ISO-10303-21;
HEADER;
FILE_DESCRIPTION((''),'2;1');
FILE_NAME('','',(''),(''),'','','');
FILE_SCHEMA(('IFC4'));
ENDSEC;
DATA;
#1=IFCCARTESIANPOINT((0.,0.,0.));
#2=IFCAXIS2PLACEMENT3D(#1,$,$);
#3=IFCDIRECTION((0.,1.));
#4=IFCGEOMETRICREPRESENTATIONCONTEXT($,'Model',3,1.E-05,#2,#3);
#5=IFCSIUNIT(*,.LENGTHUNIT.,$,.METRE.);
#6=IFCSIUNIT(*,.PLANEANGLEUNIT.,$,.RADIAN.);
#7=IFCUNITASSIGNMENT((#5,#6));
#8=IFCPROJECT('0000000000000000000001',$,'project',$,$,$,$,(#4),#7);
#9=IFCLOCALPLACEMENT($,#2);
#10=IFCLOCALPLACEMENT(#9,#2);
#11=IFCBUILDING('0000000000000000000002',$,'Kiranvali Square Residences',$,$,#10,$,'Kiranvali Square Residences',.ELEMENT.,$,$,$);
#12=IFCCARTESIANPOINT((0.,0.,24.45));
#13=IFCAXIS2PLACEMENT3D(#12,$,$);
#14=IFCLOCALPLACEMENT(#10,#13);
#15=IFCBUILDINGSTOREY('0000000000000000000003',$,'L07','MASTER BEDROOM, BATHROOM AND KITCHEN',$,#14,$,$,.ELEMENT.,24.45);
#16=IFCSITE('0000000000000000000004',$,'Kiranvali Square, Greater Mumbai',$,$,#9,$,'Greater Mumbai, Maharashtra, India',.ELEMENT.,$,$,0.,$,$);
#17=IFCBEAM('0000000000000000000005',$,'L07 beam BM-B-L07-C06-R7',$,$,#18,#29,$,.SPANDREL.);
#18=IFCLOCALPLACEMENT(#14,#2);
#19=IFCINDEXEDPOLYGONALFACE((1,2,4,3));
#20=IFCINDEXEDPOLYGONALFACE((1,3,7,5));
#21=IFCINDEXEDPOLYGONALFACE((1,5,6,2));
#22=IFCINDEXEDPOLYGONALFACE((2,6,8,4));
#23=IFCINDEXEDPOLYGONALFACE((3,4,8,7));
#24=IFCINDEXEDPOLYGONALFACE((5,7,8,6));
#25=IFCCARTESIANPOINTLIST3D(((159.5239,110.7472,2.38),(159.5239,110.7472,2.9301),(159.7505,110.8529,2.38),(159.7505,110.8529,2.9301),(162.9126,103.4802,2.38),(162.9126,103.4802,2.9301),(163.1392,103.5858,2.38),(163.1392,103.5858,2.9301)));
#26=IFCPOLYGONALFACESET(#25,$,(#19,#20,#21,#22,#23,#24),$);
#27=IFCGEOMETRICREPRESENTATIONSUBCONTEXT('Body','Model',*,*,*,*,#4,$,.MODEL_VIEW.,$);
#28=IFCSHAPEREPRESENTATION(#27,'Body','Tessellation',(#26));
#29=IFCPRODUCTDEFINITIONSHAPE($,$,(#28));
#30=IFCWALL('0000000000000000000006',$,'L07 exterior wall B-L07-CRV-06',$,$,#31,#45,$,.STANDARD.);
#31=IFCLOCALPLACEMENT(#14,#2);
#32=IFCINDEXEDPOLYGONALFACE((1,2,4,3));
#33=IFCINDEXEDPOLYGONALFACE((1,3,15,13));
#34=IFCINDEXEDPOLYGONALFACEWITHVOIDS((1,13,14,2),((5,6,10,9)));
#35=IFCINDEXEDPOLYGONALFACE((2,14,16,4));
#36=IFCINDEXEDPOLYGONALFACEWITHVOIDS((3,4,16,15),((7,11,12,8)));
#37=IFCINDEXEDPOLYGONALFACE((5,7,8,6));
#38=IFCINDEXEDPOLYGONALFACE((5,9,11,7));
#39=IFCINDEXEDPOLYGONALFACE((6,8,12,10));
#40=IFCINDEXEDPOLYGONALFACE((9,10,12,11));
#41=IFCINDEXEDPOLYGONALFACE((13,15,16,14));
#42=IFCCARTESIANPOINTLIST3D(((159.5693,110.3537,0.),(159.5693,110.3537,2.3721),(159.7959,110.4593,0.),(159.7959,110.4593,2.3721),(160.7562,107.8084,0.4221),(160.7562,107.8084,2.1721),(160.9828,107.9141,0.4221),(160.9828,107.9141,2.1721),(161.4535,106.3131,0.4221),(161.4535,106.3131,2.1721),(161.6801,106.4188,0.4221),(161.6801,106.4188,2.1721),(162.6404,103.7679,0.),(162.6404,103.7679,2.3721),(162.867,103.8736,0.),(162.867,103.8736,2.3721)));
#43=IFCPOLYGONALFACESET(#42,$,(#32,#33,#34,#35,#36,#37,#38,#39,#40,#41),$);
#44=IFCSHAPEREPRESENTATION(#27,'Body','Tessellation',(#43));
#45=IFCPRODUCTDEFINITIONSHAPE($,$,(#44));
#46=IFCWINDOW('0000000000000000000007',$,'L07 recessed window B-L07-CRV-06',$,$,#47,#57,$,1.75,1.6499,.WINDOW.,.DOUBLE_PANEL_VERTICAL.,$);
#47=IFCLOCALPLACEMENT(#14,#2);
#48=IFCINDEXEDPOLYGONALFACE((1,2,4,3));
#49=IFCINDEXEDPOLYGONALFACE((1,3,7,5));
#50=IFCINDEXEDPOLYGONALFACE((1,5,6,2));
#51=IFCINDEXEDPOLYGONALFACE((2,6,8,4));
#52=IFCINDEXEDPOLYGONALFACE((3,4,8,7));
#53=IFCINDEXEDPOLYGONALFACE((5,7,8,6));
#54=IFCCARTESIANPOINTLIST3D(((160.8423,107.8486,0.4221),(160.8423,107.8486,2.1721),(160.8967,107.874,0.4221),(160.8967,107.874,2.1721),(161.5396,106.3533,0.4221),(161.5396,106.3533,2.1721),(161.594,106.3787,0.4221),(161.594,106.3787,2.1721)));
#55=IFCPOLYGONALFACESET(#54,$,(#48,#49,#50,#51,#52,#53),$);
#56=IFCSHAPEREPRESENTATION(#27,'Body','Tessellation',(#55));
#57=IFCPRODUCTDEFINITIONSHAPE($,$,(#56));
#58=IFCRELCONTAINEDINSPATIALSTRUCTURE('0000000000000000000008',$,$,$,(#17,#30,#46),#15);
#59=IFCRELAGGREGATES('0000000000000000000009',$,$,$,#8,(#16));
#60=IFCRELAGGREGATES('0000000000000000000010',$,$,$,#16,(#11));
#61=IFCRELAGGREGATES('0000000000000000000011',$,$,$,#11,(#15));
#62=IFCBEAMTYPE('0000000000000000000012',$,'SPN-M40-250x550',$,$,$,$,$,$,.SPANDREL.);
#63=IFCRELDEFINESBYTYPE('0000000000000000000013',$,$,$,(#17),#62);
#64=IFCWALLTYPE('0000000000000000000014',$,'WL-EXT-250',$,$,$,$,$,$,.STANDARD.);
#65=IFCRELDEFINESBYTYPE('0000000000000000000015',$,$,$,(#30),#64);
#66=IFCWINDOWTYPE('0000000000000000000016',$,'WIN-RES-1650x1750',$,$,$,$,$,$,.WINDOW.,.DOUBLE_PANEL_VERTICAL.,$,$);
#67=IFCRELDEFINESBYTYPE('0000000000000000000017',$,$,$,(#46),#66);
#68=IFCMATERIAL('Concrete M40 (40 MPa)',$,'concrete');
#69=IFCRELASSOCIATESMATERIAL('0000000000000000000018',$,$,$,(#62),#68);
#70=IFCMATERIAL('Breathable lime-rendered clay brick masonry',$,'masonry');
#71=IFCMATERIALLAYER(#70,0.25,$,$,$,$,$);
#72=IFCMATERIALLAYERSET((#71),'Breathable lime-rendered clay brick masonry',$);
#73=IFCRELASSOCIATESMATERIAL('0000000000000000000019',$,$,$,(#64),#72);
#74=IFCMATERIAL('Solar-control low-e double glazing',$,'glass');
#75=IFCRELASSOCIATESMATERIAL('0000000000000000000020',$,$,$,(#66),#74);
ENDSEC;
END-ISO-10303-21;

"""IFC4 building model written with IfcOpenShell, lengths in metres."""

from ifc_helpers import new_model, si_unit, direction, frame, frame_2d, origin, origin_2d, place, context, subcontext, project, spatial, rectangle, extrude, material, layer, layer_set, material_profile, profile_set, type_object, element, fill, save


model = new_model("IFC4")

# Units and contexts
model_context = context("Model", 3, precision=1e-05, world=origin(), true_north=direction((0.0, 1.0)))
body_context = subcontext(model_context, "Body", "Model", "MODEL_VIEW")
ifc_project = project(units=[si_unit("LENGTHUNIT", "METRE"), si_unit("PLANEANGLEUNIT", "RADIAN")], contexts=[model_context])

# Site, building, storey
site_placement = place(None, origin())
site = spatial("IfcSite", under=ifc_project, at=site_placement, Name="Kiranvali Square, Greater Mumbai", LongName="Greater Mumbai, Maharashtra, India", CompositionType="ELEMENT", RefElevation=0.0)
building_placement = place(site_placement, origin())
building = spatial("IfcBuilding", under=site, at=building_placement, Name="Kiranvali Square Residences", LongName="Kiranvali Square Residences", CompositionType="ELEMENT")
storey_placement = place(building_placement, frame((0.0, 0.0, 24.45)))
storey = spatial("IfcBuildingStorey", under=building, at=storey_placement, Name="L07", Description="MASTER BEDROOM, BATHROOM AND KITCHEN", CompositionType="ELEMENT", Elevation=24.45)

# Beam
ifc_material_1 = material(Name="Concrete M40 (40 MPa)", Category="concrete")
ifc_material_profile_1 = material_profile(ifc_material_1, rectangle(XDim=0.25, YDim=0.55, at=origin_2d()), Name="RC 250x550")
ifc_profile_set_1 = profile_set([ifc_material_profile_1], Name="Concrete M40 (40 MPa)")
beam_type_1 = type_object("IfcBeamType", Name="SPN-M40-250x550", PredefinedType="SPANDREL", material=ifc_profile_set_1)
beam_1_placement = place(storey_placement, frame((159.6372, 110.8, 2.655), z_axis=(0.422615, -0.906309, 0.0), x_axis=(0.906309, 0.422615, 0.0)))
element("IfcBeam", 1, at=beam_1_placement, inside=storey, type_object=beam_type_1, Name="L07 beam BM-B-L07-C06-R7", PredefinedType="SPANDREL", context=body_context, shape_type="SweptSolid", body=[
    extrude(rectangle(XDim=0.25, YDim=0.55, at=origin_2d()), origin(), (0.0, 0.0, 1.0), 8.0183),
])

# Wall, opening, window
ifc_material_2 = material(Name="Breathable lime-rendered clay brick masonry", Category="masonry")
ifc_layer = layer(ifc_material_2, 0.25)
ifc_layer_set = layer_set([ifc_layer], Name="Breathable lime-rendered clay brick masonry")
wall_type = type_object("IfcWallType", Name="WL-EXT-250", PredefinedType="STANDARD", material=ifc_layer_set)
wall_placement = place(storey_placement, frame((159.6826, 110.4065, 0.0), z_axis=(0.0, 0.0, 1.0), x_axis=(0.422628, -0.906303, 0.0)))
wall = element("IfcWall", 2, at=wall_placement, inside=storey, type_object=wall_type, Name="L07 exterior wall B-L07-CRV-06", PredefinedType="STANDARD", context=body_context, shape_type="SweptSolid", body=[
    extrude(rectangle(XDim=7.2666, YDim=0.25, at=frame_2d((3.6333, 0.0))), origin(), (0.0, 0.0, 1.0), 2.3721),
])
opening_placement = place(wall_placement, frame((2.8083, 0.0, 0.4221)))
opening = element("IfcOpeningElement", 3, at=opening_placement, cuts=wall, PredefinedType="OPENING", context=body_context, shape_type="SweptSolid", body=[
    extrude(rectangle(XDim=1.6499, YDim=1.75, at=frame_2d((0.825, 0.875))), frame((0.0, 0.135, 0.0), z_axis=(0.0, -1.0, 0.0), x_axis=(1.0, 0.0, 0.0)), (0.0, 0.0, 1.0), 0.27),
])
ifc_material_3 = material(Name="Solar-control low-e double glazing", Category="glass")
window_type = type_object("IfcWindowType", Name="WIN-RES-1650x1750", PartitioningType="DOUBLE_PANEL_VERTICAL", PredefinedType="WINDOW", material=ifc_material_3)
window_placement = place(opening_placement, origin())
window = element("IfcWindow", 4, at=window_placement, inside=storey, type_object=window_type, Name="L07 recessed window B-L07-CRV-06", OverallHeight=1.75, OverallWidth=1.6499, PartitioningType="DOUBLE_PANEL_VERTICAL", PredefinedType="WINDOW", context=body_context, shape_type="SweptSolid", body=[
    extrude(rectangle(XDim=1.6499, YDim=1.75, at=frame_2d((0.825, 0.875))), frame((0.0, 0.03, 0.0), z_axis=(0.0, -1.0, 0.0), x_axis=(1.0, 0.0, 0.0)), (0.0, 0.0, 1.0), 0.0601),
])
fill(opening, window)

save(model, "model.ifc")
